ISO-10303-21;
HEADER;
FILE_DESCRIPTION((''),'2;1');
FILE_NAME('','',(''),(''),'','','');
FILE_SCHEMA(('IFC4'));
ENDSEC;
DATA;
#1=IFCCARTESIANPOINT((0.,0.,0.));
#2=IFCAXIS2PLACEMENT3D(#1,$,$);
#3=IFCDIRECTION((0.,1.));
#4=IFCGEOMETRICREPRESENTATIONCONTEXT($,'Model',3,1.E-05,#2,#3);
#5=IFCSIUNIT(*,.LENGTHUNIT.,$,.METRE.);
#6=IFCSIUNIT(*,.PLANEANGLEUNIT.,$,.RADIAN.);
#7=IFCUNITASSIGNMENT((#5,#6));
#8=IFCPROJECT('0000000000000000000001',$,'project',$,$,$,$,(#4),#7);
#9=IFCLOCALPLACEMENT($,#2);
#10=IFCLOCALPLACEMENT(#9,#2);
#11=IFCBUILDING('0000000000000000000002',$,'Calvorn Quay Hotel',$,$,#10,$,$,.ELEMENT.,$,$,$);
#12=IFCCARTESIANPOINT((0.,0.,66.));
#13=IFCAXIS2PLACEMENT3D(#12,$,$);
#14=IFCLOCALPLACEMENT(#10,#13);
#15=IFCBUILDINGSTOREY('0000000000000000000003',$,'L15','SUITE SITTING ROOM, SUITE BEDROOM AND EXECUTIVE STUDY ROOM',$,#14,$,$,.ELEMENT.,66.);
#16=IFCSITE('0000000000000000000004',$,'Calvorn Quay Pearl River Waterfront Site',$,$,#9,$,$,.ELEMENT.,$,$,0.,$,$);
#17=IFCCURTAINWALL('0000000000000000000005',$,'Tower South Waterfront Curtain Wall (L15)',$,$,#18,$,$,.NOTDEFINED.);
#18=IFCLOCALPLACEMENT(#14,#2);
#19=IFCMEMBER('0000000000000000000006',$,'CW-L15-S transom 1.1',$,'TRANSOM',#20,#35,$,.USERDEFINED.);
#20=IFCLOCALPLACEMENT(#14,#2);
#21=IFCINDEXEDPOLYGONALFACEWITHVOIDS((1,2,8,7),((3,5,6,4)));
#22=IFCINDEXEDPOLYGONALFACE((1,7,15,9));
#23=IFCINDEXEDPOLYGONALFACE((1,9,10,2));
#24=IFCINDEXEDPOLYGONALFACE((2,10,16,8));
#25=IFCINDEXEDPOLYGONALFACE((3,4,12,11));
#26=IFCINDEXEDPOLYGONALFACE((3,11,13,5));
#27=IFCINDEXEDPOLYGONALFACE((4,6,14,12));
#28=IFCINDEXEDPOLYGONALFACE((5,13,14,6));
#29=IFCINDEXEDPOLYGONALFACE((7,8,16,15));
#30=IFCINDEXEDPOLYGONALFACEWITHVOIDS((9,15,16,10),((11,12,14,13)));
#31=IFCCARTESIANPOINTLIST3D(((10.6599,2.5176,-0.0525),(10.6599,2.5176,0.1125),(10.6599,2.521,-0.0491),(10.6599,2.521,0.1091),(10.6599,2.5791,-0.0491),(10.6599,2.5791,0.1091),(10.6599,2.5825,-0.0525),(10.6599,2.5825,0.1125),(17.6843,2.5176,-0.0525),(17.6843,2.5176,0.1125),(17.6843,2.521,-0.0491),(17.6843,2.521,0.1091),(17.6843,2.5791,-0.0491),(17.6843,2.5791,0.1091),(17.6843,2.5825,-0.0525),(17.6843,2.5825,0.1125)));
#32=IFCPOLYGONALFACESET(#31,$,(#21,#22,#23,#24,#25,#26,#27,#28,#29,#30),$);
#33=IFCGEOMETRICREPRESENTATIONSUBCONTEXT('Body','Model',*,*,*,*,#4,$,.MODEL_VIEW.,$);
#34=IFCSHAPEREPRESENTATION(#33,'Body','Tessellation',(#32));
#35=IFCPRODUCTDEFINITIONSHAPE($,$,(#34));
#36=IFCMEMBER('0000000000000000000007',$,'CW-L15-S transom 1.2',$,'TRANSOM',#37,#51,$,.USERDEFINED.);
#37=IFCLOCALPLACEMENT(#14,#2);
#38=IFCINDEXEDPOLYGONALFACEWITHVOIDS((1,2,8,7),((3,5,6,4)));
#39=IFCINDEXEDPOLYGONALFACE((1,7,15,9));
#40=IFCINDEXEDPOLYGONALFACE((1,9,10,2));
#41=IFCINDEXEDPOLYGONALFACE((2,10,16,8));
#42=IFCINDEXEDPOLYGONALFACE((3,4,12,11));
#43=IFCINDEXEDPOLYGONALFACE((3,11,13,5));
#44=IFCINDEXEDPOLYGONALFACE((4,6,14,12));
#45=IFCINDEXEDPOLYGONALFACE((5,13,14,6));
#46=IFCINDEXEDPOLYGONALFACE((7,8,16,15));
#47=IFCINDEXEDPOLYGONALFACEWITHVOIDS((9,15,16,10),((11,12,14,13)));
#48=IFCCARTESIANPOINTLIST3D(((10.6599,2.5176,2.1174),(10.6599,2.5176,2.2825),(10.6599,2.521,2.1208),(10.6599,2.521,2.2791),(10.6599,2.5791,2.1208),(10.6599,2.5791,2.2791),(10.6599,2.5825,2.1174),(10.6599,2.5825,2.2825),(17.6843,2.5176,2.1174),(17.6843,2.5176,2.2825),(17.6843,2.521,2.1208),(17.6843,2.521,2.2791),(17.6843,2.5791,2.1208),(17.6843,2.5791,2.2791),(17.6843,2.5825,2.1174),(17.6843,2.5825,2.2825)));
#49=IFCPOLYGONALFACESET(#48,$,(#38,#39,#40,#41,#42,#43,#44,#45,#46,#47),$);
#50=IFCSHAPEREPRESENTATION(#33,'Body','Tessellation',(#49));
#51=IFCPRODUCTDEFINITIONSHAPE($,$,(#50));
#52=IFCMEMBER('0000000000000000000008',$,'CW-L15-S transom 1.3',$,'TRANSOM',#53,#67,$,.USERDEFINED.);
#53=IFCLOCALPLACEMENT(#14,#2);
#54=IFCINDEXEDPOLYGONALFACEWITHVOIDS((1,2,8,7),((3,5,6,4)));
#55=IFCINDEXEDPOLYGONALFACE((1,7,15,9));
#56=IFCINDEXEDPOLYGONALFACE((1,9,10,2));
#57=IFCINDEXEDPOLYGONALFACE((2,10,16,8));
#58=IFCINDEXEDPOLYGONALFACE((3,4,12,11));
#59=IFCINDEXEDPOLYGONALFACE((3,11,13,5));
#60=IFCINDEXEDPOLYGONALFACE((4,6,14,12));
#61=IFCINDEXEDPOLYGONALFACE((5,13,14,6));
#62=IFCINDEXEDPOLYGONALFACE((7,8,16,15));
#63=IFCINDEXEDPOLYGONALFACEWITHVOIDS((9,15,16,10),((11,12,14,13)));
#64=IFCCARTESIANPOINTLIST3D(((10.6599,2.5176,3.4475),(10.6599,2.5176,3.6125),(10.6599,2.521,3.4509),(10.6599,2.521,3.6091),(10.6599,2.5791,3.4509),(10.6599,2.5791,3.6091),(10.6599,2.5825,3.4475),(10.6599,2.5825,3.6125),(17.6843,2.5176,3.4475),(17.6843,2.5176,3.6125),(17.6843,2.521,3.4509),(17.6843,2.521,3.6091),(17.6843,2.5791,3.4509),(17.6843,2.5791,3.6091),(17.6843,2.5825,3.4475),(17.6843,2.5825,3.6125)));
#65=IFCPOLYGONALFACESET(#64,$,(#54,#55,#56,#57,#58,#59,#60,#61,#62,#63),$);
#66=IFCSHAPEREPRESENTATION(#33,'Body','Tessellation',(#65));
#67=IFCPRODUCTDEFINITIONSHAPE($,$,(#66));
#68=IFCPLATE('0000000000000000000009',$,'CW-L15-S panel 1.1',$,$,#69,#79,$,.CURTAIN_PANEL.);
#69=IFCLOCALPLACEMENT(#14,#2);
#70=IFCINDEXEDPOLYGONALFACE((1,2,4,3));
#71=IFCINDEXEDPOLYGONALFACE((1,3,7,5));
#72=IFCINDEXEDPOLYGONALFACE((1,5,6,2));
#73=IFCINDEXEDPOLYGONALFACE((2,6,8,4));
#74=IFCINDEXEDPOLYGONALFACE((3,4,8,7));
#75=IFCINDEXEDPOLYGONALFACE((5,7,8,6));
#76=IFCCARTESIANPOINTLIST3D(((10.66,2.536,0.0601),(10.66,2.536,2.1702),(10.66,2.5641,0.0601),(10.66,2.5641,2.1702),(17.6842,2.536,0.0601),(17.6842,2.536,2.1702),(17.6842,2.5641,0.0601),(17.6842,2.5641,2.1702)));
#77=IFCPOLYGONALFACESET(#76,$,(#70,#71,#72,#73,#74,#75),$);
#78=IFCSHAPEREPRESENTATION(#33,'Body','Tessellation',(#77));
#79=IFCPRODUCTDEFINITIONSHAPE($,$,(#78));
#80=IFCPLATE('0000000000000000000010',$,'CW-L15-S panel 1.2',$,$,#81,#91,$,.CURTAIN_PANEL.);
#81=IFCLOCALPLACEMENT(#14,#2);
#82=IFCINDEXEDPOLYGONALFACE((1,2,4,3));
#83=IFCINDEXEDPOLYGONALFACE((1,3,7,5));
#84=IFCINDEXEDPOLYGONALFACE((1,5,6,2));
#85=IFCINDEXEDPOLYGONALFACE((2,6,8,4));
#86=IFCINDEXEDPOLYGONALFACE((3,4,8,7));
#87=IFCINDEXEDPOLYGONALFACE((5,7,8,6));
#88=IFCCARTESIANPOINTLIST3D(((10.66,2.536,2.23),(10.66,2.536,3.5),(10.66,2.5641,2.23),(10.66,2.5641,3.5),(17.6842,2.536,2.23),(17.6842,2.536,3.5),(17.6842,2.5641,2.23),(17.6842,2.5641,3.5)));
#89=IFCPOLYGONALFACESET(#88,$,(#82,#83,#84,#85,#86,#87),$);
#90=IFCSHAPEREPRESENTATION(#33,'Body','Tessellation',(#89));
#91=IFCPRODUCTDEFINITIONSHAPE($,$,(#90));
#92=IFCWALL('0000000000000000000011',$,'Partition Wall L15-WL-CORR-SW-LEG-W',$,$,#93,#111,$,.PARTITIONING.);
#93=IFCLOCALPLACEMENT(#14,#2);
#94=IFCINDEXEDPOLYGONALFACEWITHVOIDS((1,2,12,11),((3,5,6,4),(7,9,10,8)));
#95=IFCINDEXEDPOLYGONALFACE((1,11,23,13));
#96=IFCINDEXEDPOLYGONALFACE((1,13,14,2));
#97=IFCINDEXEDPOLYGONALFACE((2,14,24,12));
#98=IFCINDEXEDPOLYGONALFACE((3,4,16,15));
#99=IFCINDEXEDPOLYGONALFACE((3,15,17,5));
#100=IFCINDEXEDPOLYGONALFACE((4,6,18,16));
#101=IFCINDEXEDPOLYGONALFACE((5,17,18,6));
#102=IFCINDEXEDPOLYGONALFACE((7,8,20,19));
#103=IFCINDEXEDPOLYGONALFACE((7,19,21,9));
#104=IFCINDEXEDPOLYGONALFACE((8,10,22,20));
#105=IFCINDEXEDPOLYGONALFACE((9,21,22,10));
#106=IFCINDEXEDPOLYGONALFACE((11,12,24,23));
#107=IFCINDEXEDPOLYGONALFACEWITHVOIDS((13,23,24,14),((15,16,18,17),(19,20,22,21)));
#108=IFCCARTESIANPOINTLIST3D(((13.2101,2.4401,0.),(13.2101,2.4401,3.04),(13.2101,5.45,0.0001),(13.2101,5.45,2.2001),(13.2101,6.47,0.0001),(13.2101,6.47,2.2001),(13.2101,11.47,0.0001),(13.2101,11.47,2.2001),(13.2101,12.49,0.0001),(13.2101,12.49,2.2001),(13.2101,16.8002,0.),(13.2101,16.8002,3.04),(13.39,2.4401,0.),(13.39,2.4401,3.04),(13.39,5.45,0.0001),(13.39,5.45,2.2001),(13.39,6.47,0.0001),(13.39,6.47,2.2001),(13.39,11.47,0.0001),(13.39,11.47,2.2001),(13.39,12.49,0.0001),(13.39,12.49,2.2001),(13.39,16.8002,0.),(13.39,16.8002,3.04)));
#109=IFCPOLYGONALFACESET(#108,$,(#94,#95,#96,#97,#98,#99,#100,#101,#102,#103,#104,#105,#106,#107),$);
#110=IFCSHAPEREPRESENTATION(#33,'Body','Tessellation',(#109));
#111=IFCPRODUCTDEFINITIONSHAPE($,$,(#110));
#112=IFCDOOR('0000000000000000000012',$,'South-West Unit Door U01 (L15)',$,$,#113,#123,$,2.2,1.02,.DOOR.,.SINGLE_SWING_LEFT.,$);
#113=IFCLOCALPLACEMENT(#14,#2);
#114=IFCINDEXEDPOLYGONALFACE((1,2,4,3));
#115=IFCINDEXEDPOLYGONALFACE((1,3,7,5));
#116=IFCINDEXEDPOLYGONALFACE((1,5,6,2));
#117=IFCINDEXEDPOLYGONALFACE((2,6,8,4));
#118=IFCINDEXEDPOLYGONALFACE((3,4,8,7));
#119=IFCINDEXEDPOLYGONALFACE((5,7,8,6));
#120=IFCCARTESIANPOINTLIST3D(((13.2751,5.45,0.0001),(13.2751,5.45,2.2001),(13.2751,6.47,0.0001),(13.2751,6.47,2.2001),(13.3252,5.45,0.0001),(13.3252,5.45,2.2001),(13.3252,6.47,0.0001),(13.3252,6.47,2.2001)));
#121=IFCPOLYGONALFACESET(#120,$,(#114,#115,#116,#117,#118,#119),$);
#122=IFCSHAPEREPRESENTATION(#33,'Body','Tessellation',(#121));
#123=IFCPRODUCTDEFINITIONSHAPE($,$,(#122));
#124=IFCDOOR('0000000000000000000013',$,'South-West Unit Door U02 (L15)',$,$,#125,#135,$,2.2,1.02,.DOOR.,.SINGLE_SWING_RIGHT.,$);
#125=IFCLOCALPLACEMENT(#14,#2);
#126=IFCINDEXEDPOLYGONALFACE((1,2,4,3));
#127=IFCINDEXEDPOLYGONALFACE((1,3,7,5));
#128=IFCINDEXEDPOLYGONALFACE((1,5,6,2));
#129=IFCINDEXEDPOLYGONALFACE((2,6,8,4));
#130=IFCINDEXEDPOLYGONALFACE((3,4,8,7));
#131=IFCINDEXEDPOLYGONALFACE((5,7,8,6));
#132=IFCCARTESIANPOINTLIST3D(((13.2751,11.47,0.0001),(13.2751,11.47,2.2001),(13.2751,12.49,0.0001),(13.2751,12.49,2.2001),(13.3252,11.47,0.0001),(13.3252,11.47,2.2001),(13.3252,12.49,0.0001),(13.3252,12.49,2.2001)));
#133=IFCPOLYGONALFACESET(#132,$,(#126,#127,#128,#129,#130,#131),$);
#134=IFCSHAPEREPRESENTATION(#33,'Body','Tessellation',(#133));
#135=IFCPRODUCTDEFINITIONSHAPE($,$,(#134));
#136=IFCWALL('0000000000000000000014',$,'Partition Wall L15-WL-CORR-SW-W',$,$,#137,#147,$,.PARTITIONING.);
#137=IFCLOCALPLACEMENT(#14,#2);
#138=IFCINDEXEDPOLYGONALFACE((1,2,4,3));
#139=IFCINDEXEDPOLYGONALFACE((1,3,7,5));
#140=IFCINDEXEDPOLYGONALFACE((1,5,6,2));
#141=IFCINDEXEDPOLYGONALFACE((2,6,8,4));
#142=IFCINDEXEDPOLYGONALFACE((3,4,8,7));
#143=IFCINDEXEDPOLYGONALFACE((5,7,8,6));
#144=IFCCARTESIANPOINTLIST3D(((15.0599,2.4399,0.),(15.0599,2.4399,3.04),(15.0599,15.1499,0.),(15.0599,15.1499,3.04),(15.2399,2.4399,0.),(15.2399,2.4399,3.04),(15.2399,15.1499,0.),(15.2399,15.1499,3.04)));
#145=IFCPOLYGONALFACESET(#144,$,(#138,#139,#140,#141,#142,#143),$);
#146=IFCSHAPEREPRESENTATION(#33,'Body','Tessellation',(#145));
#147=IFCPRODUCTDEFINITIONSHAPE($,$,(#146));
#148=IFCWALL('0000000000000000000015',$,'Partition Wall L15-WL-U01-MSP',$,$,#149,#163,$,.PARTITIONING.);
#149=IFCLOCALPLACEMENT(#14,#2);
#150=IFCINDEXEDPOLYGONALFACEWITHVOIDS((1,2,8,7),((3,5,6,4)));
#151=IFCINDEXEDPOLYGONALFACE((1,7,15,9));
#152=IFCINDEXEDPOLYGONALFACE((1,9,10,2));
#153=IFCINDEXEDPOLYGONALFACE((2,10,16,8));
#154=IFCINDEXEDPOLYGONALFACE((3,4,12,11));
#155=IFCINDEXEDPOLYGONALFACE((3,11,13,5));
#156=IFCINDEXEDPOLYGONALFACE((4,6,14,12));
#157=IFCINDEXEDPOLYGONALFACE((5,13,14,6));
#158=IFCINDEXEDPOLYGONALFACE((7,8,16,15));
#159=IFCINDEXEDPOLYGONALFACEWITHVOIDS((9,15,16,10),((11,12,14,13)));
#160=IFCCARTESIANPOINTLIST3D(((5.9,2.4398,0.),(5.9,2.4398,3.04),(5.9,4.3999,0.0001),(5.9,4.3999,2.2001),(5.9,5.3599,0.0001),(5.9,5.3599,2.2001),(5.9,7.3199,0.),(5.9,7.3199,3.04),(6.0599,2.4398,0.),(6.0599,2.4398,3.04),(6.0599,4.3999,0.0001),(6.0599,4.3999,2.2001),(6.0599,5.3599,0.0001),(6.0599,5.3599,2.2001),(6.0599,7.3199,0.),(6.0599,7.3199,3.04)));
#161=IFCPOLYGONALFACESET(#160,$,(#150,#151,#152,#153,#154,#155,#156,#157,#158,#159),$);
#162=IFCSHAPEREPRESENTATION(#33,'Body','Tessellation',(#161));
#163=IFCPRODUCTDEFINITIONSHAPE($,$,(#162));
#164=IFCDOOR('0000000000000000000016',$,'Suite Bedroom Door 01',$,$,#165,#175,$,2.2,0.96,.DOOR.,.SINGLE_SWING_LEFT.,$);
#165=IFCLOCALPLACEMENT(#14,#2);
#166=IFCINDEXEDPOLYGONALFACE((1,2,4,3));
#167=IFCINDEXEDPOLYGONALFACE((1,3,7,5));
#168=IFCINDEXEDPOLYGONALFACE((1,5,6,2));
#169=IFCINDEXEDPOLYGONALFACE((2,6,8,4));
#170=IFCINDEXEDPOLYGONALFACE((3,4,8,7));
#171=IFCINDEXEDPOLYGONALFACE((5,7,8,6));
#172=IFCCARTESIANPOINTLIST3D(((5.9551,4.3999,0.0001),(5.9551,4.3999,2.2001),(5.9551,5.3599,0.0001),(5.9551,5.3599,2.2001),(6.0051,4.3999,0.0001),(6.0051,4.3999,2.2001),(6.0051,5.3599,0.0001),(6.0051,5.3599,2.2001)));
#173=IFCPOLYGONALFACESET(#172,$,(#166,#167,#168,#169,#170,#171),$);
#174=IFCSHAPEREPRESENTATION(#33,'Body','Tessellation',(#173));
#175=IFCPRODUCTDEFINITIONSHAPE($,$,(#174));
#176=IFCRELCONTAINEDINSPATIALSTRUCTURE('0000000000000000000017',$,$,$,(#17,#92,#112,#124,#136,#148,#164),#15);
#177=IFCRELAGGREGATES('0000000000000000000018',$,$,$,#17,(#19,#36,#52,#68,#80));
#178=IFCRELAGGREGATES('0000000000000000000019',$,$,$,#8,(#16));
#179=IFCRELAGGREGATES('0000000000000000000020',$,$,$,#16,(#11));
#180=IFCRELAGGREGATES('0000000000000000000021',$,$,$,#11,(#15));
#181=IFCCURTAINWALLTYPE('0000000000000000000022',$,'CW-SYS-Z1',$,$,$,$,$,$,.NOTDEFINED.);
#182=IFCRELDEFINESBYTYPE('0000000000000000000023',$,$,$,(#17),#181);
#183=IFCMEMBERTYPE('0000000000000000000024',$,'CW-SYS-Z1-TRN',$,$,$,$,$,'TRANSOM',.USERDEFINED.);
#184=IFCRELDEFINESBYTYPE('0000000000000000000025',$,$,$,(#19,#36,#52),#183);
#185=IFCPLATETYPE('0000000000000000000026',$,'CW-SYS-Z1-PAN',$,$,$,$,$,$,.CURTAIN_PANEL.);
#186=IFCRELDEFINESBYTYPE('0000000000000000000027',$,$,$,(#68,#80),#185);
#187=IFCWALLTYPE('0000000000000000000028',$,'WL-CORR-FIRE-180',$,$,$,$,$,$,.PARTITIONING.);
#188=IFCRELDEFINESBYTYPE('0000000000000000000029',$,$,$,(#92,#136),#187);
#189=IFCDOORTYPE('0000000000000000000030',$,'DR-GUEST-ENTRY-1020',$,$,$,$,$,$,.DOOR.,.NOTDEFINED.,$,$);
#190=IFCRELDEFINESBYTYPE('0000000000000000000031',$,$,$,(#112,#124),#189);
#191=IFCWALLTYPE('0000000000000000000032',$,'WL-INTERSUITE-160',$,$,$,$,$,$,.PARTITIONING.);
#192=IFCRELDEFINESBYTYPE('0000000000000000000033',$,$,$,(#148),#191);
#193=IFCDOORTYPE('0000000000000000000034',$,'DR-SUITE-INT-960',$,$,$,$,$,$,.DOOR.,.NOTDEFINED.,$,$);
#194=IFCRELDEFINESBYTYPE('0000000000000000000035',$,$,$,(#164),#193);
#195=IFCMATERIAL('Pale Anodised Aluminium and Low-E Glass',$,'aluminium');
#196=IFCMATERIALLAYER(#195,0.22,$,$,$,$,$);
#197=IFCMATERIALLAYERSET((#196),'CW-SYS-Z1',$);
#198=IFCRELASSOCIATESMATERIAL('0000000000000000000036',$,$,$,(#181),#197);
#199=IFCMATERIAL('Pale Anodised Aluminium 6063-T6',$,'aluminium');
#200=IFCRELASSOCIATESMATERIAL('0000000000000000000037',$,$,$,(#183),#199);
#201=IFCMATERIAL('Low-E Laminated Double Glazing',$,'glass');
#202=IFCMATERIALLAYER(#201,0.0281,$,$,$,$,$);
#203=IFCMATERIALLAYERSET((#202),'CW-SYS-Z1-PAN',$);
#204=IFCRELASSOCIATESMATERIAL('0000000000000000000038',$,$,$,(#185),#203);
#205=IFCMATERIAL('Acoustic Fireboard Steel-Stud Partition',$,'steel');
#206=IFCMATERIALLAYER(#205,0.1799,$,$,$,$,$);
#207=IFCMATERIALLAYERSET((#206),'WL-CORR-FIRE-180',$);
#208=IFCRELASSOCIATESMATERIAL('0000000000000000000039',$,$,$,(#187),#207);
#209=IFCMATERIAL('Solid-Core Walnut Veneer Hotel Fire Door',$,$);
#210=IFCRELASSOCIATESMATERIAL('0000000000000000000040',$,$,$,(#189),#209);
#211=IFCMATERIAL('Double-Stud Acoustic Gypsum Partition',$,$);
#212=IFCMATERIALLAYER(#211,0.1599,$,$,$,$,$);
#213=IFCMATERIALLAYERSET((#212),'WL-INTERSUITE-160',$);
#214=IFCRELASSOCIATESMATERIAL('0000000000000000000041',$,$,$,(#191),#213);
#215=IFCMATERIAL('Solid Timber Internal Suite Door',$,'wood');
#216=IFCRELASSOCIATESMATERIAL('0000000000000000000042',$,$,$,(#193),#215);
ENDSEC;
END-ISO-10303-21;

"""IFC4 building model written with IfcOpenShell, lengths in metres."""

from ifc_helpers import new_model, si_unit, direction, frame, frame_2d, origin, origin_2d, place, context, subcontext, project, spatial, rectangle, hollow_rectangle, extrude, material, layer, layer_set, material_profile, profile_set, type_object, element, fill, aggregate, save


model = new_model("IFC4")

# Units and contexts
model_context = context("Model", 3, precision=1e-05, world=origin(), true_north=direction((0.0, 1.0)))
body_context = subcontext(model_context, "Body", "Model", "MODEL_VIEW")
ifc_project = project(units=[si_unit("LENGTHUNIT", "METRE"), si_unit("PLANEANGLEUNIT", "RADIAN")], contexts=[model_context])

# Site, building, storey
site_placement = place(None, origin())
site = spatial("IfcSite", under=ifc_project, at=site_placement, Name="Calvorn Quay Pearl River Waterfront Site", CompositionType="ELEMENT", RefElevation=0.0)
building_placement = place(site_placement, origin())
building = spatial("IfcBuilding", under=site, at=building_placement, Name="Calvorn Quay Hotel", CompositionType="ELEMENT")
storey_placement = place(building_placement, frame((0.0, 0.0, 66.0)))
storey = spatial("IfcBuildingStorey", under=building, at=storey_placement, Name="L15", Description="SUITE SITTING ROOM, SUITE BEDROOM AND EXECUTIVE STUDY ROOM", CompositionType="ELEMENT", Elevation=66.0)

# Curtain wall, members, plates
ifc_material_1 = material(Name="Pale Anodised Aluminium and Low-E Glass", Category="aluminium")
ifc_layer_1 = layer(ifc_material_1, 0.22)
ifc_layer_set_1 = layer_set([ifc_layer_1], Name="CW-SYS-Z1")
curtain_wall_type = type_object("IfcCurtainWallType", Name="CW-SYS-Z1", PredefinedType="NOTDEFINED", material=ifc_layer_set_1)
curtain_wall_placement = place(storey_placement, origin())
curtain_wall = element("IfcCurtainWall", 1, at=curtain_wall_placement, inside=storey, type_object=curtain_wall_type, Name="Tower South Waterfront Curtain Wall (L15)", PredefinedType="NOTDEFINED")
ifc_material_2 = material(Name="Pale Anodised Aluminium 6063-T6", Category="aluminium")
ifc_material_profile_1 = material_profile(ifc_material_2, hollow_rectangle(XDim=0.0649, YDim=0.165, WallThickness=0.0034, at=origin_2d()), Name="ALU-T165x65x3.5")
ifc_profile_set_1 = profile_set([ifc_material_profile_1], Name="Pale Anodised Aluminium 6063-T6")
member_type_1 = type_object("IfcMemberType", Name="CW-SYS-Z1-TRN", ElementType="TRANSOM", PredefinedType="USERDEFINED", material=ifc_profile_set_1)
member_1_placement = place(storey_placement, frame((10.6599, 2.55, 0.03), z_axis=(1.0, 0.0, 0.0), x_axis=(0.0, 1.0, 0.0)))
member_1 = element("IfcMember", 2, at=member_1_placement, type_object=member_type_1, Name="CW-L15-S transom 1.1", ObjectType="TRANSOM", PredefinedType="USERDEFINED", context=body_context, shape_type="SweptSolid", body=[
    extrude(hollow_rectangle(XDim=0.0649, YDim=0.165, WallThickness=0.0034, at=origin_2d()), origin(), (0.0, 0.0, 1.0), 7.0244),
])
member_2_placement = place(storey_placement, frame((10.6599, 2.55, 2.2), z_axis=(1.0, 0.0, 0.0), x_axis=(0.0, 1.0, 0.0)))
member_2 = element("IfcMember", 3, at=member_2_placement, type_object=member_type_1, Name="CW-L15-S transom 1.2", ObjectType="TRANSOM", PredefinedType="USERDEFINED", context=body_context, shape_type="SweptSolid", body=[
    extrude(hollow_rectangle(XDim=0.0649, YDim=0.165, WallThickness=0.0034, at=origin_2d()), origin(), (0.0, 0.0, 1.0), 7.0244),
])
member_3_placement = place(storey_placement, frame((10.6599, 2.55, 3.53), z_axis=(1.0, 0.0, 0.0), x_axis=(0.0, 1.0, 0.0)))
member_3 = element("IfcMember", 4, at=member_3_placement, type_object=member_type_1, Name="CW-L15-S transom 1.3", ObjectType="TRANSOM", PredefinedType="USERDEFINED", context=body_context, shape_type="SweptSolid", body=[
    extrude(hollow_rectangle(XDim=0.0649, YDim=0.165, WallThickness=0.0034, at=origin_2d()), origin(), (0.0, 0.0, 1.0), 7.0244),
])
ifc_material_3 = material(Name="Low-E Laminated Double Glazing", Category="glass")
ifc_layer_2 = layer(ifc_material_3, 0.0281)
ifc_layer_set_2 = layer_set([ifc_layer_2], Name="CW-SYS-Z1-PAN")
plate_type = type_object("IfcPlateType", Name="CW-SYS-Z1-PAN", PredefinedType="CURTAIN_PANEL", material=ifc_layer_set_2)
plate_1_placement = place(storey_placement, frame((14.1721, 2.55, 0.0601), z_axis=(0.0, 0.0, 1.0), x_axis=(1.0, 0.0, 0.0)))
plate_1 = element("IfcPlate", 5, at=plate_1_placement, type_object=plate_type, Name="CW-L15-S panel 1.1", PredefinedType="CURTAIN_PANEL", context=body_context, shape_type="SweptSolid", body=[
    extrude(rectangle(XDim=7.0242, YDim=0.0281, at=origin_2d()), origin(), (0.0, 0.0, 1.0), 2.1101),
])
plate_2_placement = place(storey_placement, frame((14.1721, 2.55, 2.23), z_axis=(0.0, 0.0, 1.0), x_axis=(1.0, 0.0, 0.0)))
plate_2 = element("IfcPlate", 6, at=plate_2_placement, type_object=plate_type, Name="CW-L15-S panel 1.2", PredefinedType="CURTAIN_PANEL", context=body_context, shape_type="SweptSolid", body=[
    extrude(rectangle(XDim=7.0242, YDim=0.0281, at=origin_2d()), origin(), (0.0, 0.0, 1.0), 1.27),
])
aggregate(curtain_wall, [member_1, member_2, member_3, plate_1, plate_2])

# Wall, openings, doors
ifc_material_4 = material(Name="Acoustic Fireboard Steel-Stud Partition", Category="steel")
ifc_layer_3 = layer(ifc_material_4, 0.1799)
ifc_layer_set_3 = layer_set([ifc_layer_3], Name="WL-CORR-FIRE-180")
wall_type_1 = type_object("IfcWallType", Name="WL-CORR-FIRE-180", PredefinedType="PARTITIONING", material=ifc_layer_set_3)
wall_1_placement = place(storey_placement, frame((13.3, 2.4399, 0.0), z_axis=(0.0, 0.0, 1.0), x_axis=(0.0, 1.0, 0.0)))
wall_1 = element("IfcWall", 7, at=wall_1_placement, inside=storey, type_object=wall_type_1, Name="Partition Wall L15-WL-CORR-SW-LEG-W", PredefinedType="PARTITIONING", context=body_context, shape_type="SweptSolid", body=[
    extrude(rectangle(XDim=14.3601, YDim=0.1799, at=frame_2d((7.1802, 0.0))), origin(), (0.0, 0.0, 1.0), 3.04),
])
opening_1_placement = place(wall_1_placement, frame((3.01, 0.0, 0.0)))
opening_1 = element("IfcOpeningElement", 8, at=opening_1_placement, cuts=wall_1, PredefinedType="OPENING", context=body_context, shape_type="SweptSolid", body=[
    extrude(rectangle(XDim=1.02, YDim=2.2, at=frame_2d((0.51, 1.1001))), frame((0.0, 0.0999, 0.0), z_axis=(0.0, -1.0, 0.0), x_axis=(1.0, 0.0, 0.0)), (0.0, 0.0, 1.0), 0.2),
])
opening_2_placement = place(wall_1_placement, frame((9.03, 0.0, 0.0)))
opening_2 = element("IfcOpeningElement", 9, at=opening_2_placement, cuts=wall_1, PredefinedType="OPENING", context=body_context, shape_type="SweptSolid", body=[
    extrude(rectangle(XDim=1.02, YDim=2.2, at=frame_2d((0.51, 1.1001))), frame((0.0, 0.0999, 0.0), z_axis=(0.0, -1.0, 0.0), x_axis=(1.0, 0.0, 0.0)), (0.0, 0.0, 1.0), 0.2),
])
ifc_material_5 = material(Name="Solid-Core Walnut Veneer Hotel Fire Door")
door_type_1 = type_object("IfcDoorType", Name="DR-GUEST-ENTRY-1020", OperationType="NOTDEFINED", PredefinedType="DOOR", material=ifc_material_5)
door_1_placement = place(opening_1_placement, origin())
door_1 = element("IfcDoor", 10, at=door_1_placement, inside=storey, type_object=door_type_1, Name="South-West Unit Door U01 (L15)", OperationType="SINGLE_SWING_LEFT", OverallHeight=2.2, OverallWidth=1.02, PredefinedType="DOOR", context=body_context, shape_type="SweptSolid", body=[
    extrude(rectangle(XDim=1.02, YDim=2.2, at=frame_2d((0.51, 1.1001))), frame((0.0, 0.0249, 0.0), z_axis=(0.0, -1.0, 0.0), x_axis=(1.0, 0.0, 0.0)), (0.0, 0.0, 1.0), 0.05),
])
fill(opening_1, door_1)
door_2_placement = place(opening_2_placement, origin())
door_2 = element("IfcDoor", 11, at=door_2_placement, inside=storey, type_object=door_type_1, Name="South-West Unit Door U02 (L15)", OperationType="SINGLE_SWING_RIGHT", OverallHeight=2.2, OverallWidth=1.02, PredefinedType="DOOR", context=body_context, shape_type="SweptSolid", body=[
    extrude(rectangle(XDim=1.02, YDim=2.2, at=frame_2d((0.51, 1.1001))), frame((0.0, 0.0249, 0.0), z_axis=(0.0, -1.0, 0.0), x_axis=(1.0, 0.0, 0.0)), (0.0, 0.0, 1.0), 0.05),
])
fill(opening_2, door_2)

# Wall
wall_2_placement = place(storey_placement, frame((15.1499, 2.4399, 0.0), z_axis=(0.0, 0.0, 1.0), x_axis=(0.0, 1.0, 0.0)))
element("IfcWall", 12, at=wall_2_placement, inside=storey, type_object=wall_type_1, Name="Partition Wall L15-WL-CORR-SW-W", PredefinedType="PARTITIONING", context=body_context, shape_type="SweptSolid", body=[
    extrude(rectangle(XDim=12.71, YDim=0.1799, at=frame_2d((6.355, 0.0))), origin(), (0.0, 0.0, 1.0), 3.04),
])

# Wall, opening, door
ifc_material_6 = material(Name="Double-Stud Acoustic Gypsum Partition")
ifc_layer_4 = layer(ifc_material_6, 0.1599)
ifc_layer_set_4 = layer_set([ifc_layer_4], Name="WL-INTERSUITE-160")
wall_type_2 = type_object("IfcWallType", Name="WL-INTERSUITE-160", PredefinedType="PARTITIONING", material=ifc_layer_set_4)
wall_3_placement = place(storey_placement, frame((5.98, 2.4399, 0.0), z_axis=(0.0, 0.0, 1.0), x_axis=(0.0, 1.0, 0.0)))
wall_3 = element("IfcWall", 13, at=wall_3_placement, inside=storey, type_object=wall_type_2, Name="Partition Wall L15-WL-U01-MSP", PredefinedType="PARTITIONING", context=body_context, shape_type="SweptSolid", body=[
    extrude(rectangle(XDim=4.8801, YDim=0.1599, at=frame_2d((2.4399, 0.0))), origin(), (0.0, 0.0, 1.0), 3.04),
])
opening_3_placement = place(wall_3_placement, frame((1.96, 0.0, 0.0)))
opening_3 = element("IfcOpeningElement", 14, at=opening_3_placement, cuts=wall_3, PredefinedType="OPENING", context=body_context, shape_type="SweptSolid", body=[
    extrude(rectangle(XDim=0.96, YDim=2.2, at=frame_2d((0.48, 1.1001))), frame((0.0, 0.0898, 0.0), z_axis=(0.0, -1.0, 0.0), x_axis=(1.0, 0.0, 0.0)), (0.0, 0.0, 1.0), 0.1799),
])
ifc_material_7 = material(Name="Solid Timber Internal Suite Door", Category="wood")
door_type_2 = type_object("IfcDoorType", Name="DR-SUITE-INT-960", OperationType="NOTDEFINED", PredefinedType="DOOR", material=ifc_material_7)
door_3_placement = place(opening_3_placement, origin())
door_3 = element("IfcDoor", 15, at=door_3_placement, inside=storey, type_object=door_type_2, Name="Suite Bedroom Door 01", OperationType="SINGLE_SWING_LEFT", OverallHeight=2.2, OverallWidth=0.96, PredefinedType="DOOR", context=body_context, shape_type="SweptSolid", body=[
    extrude(rectangle(XDim=0.96, YDim=2.2, at=frame_2d((0.48, 1.1001))), frame((0.0, 0.0249, 0.0), z_axis=(0.0, -1.0, 0.0), x_axis=(1.0, 0.0, 0.0)), (0.0, 0.0, 1.0), 0.05),
])
fill(opening_3, door_3)

save(model, "model.ifc")
